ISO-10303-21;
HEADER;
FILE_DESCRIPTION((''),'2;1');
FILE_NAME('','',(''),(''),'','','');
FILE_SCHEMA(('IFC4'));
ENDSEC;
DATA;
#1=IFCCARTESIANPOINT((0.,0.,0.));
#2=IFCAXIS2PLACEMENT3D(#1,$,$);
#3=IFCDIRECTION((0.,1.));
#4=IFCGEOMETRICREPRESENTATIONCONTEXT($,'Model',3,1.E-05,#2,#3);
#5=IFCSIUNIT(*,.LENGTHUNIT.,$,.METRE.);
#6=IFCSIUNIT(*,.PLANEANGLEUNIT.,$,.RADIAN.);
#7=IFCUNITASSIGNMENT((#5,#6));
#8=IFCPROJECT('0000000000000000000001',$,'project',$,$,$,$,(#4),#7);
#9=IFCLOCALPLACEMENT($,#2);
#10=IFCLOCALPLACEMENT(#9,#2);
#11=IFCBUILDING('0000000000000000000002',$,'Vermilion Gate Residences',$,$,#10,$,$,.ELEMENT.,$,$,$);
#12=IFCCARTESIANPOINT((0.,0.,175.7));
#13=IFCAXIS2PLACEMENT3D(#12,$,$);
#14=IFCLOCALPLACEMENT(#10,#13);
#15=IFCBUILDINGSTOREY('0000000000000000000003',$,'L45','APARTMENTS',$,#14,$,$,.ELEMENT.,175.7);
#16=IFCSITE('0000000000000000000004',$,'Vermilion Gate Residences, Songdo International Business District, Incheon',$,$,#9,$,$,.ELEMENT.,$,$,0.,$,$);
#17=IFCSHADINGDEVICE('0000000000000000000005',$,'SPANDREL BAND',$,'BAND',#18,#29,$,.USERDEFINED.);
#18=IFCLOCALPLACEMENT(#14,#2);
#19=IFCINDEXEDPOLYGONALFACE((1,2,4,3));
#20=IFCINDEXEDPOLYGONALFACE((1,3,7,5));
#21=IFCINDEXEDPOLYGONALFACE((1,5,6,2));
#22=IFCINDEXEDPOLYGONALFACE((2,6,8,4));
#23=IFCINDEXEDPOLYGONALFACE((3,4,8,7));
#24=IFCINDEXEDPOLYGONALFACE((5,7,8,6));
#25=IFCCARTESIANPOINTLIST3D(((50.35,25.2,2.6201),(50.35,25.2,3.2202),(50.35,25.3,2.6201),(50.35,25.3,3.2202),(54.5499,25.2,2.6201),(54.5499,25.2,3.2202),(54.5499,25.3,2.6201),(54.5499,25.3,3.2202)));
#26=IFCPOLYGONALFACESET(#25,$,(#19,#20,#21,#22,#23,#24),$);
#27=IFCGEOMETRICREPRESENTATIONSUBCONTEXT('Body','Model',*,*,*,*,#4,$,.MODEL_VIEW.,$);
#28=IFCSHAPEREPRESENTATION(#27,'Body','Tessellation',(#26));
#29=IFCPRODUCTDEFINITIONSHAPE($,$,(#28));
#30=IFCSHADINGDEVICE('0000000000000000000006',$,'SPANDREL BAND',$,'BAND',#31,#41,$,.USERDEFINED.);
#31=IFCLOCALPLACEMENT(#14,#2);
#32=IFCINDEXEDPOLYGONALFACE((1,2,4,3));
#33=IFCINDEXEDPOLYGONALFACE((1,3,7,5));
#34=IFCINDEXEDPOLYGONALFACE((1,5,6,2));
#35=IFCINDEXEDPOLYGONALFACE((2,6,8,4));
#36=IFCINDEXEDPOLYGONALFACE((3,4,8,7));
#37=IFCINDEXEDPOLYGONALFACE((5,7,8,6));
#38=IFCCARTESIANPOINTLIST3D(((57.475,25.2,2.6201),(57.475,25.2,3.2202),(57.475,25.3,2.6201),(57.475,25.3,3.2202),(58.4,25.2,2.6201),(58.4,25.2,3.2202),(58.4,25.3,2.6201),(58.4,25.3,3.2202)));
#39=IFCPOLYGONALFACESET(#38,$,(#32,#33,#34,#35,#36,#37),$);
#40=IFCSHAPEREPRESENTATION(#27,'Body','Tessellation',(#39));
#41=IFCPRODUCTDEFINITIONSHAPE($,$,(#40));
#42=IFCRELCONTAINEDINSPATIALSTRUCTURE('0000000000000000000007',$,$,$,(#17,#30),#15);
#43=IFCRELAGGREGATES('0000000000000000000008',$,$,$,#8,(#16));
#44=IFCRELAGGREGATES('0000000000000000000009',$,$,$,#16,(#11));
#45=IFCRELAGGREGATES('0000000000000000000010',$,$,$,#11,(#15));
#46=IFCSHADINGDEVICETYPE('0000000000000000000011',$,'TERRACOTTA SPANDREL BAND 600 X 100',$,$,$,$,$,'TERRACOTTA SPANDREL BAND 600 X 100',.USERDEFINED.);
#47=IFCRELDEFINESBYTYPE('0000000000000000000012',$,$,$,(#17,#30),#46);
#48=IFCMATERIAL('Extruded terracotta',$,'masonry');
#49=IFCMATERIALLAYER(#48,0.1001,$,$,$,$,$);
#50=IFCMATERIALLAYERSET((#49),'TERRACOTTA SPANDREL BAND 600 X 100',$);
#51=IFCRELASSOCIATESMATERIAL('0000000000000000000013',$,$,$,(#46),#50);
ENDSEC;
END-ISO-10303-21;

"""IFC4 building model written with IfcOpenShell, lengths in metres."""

from ifc_helpers import new_model, si_unit, direction, frame, origin, origin_2d, place, context, subcontext, project, spatial, rectangle, extrude, material, layer, layer_set, type_object, element, save


model = new_model("IFC4")

# Units and contexts
model_context = context("Model", 3, precision=1e-05, world=origin(), true_north=direction((0.0, 1.0)))
body_context = subcontext(model_context, "Body", "Model", "MODEL_VIEW")
ifc_project = project(units=[si_unit("LENGTHUNIT", "METRE"), si_unit("PLANEANGLEUNIT", "RADIAN")], contexts=[model_context])

# Site, building, storey
site_placement = place(None, origin())
site = spatial("IfcSite", under=ifc_project, at=site_placement, Name="Vermilion Gate Residences, Songdo International Business District, Incheon", CompositionType="ELEMENT", RefElevation=0.0)
building_placement = place(site_placement, origin())
building = spatial("IfcBuilding", under=site, at=building_placement, Name="Vermilion Gate Residences", CompositionType="ELEMENT")
storey_placement = place(building_placement, frame((0.0, 0.0, 175.7)))
storey = spatial("IfcBuildingStorey", under=building, at=storey_placement, Name="L45", Description="APARTMENTS", CompositionType="ELEMENT", Elevation=175.7)

# Shading devices
ifc_material_1 = material(Name="Extruded terracotta", Category="masonry")
ifc_layer_1 = layer(ifc_material_1, 0.1001)
ifc_layer_set_1 = layer_set([ifc_layer_1], Name="TERRACOTTA SPANDREL BAND 600 X 100")
shading_device_type_1 = type_object("IfcShadingDeviceType", Name="TERRACOTTA SPANDREL BAND 600 X 100", ElementType="TERRACOTTA SPANDREL BAND 600 X 100", PredefinedType="USERDEFINED", material=ifc_layer_set_1)
shading_device_1_placement = place(storey_placement, frame((52.45, 25.25, 2.6201), z_axis=(0.0, 0.0, 1.0), x_axis=(1.0, 0.0, 0.0)))
element("IfcShadingDevice", 1, at=shading_device_1_placement, inside=storey, type_object=shading_device_type_1, Name="SPANDREL BAND", ObjectType="BAND", PredefinedType="USERDEFINED", context=body_context, shape_type="SweptSolid", body=[
    extrude(rectangle(XDim=4.2, YDim=0.1001, at=origin_2d()), origin(), (0.0, 0.0, 1.0), 0.6001),
])
shading_device_2_placement = place(storey_placement, frame((57.9375, 25.25, 2.6201), z_axis=(0.0, 0.0, 1.0), x_axis=(1.0, 0.0, 0.0)))
element("IfcShadingDevice", 2, at=shading_device_2_placement, inside=storey, type_object=shading_device_type_1, Name="SPANDREL BAND", ObjectType="BAND", PredefinedType="USERDEFINED", context=body_context, shape_type="SweptSolid", body=[
    extrude(rectangle(XDim=0.925, YDim=0.1001, at=origin_2d()), origin(), (0.0, 0.0, 1.0), 0.6001),
])

save(model, "model.ifc")
